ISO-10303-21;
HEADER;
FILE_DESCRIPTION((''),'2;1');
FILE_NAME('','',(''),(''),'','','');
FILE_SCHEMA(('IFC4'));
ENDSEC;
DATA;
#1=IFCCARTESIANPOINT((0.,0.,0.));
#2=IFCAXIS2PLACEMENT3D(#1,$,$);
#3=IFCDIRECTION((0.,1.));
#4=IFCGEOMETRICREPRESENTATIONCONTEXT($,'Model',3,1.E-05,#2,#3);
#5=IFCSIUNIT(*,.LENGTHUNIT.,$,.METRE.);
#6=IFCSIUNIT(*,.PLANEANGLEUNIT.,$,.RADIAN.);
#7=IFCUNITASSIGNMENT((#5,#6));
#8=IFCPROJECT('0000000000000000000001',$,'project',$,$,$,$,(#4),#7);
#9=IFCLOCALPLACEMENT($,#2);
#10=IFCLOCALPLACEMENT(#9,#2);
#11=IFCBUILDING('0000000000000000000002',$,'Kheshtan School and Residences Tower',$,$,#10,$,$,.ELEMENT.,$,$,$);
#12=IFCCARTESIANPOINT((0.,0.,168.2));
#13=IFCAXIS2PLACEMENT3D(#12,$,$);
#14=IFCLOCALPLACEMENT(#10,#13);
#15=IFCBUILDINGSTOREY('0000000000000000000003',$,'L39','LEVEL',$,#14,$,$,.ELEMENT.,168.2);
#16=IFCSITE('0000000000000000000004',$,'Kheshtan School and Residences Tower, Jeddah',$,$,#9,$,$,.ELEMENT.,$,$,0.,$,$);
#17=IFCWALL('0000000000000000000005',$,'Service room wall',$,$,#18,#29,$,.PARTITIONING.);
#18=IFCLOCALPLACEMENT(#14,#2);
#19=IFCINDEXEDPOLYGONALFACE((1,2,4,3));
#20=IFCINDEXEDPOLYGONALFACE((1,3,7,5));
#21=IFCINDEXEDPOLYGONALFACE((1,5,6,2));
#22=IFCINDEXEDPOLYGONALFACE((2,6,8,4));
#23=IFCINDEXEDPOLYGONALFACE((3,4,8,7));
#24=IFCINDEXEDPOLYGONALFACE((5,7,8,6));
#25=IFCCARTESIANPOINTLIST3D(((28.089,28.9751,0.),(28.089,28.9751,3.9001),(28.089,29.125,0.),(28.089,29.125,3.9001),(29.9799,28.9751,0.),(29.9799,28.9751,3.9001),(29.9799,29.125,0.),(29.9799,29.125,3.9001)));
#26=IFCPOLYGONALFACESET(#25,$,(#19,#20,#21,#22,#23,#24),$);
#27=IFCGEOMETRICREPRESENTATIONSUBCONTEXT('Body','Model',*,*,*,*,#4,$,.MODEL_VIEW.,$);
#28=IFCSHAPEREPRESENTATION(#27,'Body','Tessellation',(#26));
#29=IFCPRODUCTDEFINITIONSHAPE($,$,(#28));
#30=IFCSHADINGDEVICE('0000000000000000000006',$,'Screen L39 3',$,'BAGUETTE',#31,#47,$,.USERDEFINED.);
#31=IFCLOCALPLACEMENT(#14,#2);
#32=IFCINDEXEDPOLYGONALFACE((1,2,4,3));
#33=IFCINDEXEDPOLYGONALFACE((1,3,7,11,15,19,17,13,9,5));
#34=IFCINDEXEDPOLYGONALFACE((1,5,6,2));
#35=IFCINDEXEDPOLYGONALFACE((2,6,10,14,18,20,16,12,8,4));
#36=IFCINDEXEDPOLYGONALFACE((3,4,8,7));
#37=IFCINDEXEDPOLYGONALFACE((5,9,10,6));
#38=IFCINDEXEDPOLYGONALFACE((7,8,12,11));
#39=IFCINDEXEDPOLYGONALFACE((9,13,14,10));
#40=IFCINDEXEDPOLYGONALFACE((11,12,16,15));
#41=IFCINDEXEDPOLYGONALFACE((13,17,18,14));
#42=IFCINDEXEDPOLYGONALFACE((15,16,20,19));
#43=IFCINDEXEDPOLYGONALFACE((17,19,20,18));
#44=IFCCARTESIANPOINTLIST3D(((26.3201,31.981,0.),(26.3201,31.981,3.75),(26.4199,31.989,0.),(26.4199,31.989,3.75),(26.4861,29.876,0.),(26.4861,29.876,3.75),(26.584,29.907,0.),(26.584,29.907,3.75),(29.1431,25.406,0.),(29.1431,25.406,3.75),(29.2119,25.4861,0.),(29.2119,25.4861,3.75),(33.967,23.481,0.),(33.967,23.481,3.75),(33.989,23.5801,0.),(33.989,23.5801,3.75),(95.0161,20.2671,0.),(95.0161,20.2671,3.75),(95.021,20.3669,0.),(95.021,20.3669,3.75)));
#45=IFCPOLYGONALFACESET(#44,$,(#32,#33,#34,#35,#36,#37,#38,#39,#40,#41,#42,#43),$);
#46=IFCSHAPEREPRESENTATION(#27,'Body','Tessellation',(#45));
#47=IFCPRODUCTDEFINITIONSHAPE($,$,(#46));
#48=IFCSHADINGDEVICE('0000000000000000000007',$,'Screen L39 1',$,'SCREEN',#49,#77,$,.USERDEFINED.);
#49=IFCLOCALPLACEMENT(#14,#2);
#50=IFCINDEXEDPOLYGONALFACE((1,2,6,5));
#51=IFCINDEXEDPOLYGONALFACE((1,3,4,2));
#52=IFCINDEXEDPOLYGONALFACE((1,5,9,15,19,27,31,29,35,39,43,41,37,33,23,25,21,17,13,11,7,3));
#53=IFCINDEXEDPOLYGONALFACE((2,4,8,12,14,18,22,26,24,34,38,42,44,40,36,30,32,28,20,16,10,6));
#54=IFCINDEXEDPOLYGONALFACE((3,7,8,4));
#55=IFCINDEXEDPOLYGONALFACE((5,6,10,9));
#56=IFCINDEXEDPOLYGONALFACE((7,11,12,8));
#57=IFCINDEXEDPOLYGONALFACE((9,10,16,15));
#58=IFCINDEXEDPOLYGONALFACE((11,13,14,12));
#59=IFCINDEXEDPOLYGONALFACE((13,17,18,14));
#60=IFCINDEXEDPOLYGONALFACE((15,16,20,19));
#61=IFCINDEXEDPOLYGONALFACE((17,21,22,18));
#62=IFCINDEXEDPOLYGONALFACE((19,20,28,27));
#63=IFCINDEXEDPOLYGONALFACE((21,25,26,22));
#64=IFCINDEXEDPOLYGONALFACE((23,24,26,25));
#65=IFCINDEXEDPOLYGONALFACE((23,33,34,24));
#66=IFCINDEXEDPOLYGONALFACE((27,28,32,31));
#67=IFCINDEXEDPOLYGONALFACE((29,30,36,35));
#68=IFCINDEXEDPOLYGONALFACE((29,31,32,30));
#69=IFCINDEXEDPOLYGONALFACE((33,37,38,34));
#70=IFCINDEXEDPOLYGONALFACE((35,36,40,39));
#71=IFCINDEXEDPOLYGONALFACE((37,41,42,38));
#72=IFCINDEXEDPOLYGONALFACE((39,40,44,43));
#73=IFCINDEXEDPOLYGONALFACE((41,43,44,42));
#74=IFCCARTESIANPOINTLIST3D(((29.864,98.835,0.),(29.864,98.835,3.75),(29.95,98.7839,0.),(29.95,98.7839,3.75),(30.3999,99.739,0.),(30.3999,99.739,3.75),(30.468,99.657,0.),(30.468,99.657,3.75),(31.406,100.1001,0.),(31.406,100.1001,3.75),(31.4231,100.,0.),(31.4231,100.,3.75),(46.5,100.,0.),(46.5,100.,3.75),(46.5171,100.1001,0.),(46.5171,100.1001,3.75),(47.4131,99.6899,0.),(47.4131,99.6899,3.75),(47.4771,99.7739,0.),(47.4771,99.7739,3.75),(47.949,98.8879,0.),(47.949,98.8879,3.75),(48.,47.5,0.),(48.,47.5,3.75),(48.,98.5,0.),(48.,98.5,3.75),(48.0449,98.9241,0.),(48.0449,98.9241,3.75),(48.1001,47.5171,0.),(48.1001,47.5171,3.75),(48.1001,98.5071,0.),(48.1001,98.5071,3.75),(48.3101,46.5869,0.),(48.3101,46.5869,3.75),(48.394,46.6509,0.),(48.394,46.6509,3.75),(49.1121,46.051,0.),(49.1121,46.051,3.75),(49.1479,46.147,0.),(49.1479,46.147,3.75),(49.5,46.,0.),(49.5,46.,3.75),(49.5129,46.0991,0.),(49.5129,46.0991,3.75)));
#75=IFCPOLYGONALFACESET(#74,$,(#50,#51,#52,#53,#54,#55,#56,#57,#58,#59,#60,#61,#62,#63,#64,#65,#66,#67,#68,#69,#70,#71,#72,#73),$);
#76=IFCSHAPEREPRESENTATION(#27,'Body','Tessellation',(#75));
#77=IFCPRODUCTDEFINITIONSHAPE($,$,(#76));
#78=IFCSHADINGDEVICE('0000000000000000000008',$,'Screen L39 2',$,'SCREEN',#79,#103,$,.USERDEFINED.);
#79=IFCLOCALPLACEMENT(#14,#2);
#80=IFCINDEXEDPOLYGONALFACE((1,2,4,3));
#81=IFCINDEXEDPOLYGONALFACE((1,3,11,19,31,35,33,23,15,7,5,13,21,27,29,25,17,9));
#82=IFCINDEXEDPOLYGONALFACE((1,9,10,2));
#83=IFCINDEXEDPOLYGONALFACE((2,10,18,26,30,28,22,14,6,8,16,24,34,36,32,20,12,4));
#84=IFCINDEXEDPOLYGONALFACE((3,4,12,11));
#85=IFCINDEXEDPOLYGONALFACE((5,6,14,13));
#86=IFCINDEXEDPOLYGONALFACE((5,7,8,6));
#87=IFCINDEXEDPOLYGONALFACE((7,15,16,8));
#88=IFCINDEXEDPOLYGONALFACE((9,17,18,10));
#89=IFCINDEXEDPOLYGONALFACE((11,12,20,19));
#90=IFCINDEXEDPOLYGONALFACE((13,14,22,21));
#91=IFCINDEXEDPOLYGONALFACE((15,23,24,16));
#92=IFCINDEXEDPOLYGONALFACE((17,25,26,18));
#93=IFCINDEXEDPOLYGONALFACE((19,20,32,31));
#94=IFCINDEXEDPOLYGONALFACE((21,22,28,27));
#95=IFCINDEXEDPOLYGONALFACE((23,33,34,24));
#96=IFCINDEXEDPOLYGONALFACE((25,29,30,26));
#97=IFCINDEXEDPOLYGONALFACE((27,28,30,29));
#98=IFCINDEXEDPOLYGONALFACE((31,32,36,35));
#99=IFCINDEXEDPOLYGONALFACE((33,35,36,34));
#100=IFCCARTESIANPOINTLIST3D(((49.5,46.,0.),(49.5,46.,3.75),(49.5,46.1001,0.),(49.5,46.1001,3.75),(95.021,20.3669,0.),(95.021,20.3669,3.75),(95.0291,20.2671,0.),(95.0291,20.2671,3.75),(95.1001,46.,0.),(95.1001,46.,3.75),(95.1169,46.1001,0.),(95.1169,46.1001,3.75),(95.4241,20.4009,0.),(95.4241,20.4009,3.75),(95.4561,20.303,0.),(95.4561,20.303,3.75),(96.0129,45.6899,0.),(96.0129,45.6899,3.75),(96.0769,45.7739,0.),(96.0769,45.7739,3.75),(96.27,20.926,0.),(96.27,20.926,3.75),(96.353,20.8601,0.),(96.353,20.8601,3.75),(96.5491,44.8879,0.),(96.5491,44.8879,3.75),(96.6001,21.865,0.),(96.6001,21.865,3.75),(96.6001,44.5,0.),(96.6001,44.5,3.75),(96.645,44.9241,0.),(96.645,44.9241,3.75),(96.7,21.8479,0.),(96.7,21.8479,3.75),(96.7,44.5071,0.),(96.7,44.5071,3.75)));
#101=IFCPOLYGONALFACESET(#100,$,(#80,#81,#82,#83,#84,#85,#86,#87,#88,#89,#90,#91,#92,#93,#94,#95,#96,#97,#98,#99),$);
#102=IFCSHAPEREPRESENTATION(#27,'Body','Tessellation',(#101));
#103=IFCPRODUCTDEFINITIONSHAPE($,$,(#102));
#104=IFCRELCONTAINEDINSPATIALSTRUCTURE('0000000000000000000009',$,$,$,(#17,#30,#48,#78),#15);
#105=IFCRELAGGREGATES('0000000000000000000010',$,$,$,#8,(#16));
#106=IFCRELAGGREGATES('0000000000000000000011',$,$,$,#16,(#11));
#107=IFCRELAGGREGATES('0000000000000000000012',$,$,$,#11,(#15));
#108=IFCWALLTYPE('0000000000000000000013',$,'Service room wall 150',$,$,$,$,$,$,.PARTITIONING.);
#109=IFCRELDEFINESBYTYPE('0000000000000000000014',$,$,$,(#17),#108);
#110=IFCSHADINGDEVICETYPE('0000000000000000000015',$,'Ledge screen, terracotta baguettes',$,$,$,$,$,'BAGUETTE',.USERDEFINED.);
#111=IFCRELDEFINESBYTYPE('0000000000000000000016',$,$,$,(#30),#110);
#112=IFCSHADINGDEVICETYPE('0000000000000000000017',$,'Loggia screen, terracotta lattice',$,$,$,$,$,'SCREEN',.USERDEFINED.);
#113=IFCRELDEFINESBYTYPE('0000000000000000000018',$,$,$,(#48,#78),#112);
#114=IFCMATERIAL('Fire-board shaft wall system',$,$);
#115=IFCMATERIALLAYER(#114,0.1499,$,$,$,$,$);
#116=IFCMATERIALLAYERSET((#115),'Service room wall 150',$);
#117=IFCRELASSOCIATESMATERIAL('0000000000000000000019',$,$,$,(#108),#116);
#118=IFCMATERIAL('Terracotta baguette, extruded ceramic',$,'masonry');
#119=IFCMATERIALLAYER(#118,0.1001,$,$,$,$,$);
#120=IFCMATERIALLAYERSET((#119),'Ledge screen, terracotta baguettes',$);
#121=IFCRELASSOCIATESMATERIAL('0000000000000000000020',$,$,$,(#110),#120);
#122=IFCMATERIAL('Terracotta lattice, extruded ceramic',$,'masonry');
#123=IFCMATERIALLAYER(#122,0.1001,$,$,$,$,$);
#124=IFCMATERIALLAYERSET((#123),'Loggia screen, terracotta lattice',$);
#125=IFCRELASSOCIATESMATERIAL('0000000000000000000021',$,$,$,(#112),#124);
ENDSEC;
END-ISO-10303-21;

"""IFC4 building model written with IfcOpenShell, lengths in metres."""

from ifc_helpers import new_model, si_unit, direction, frame, frame_2d, origin, place, context, subcontext, project, spatial, polyline, rectangle, outline, extrude, material, layer, layer_set, type_object, element, save


model = new_model("IFC4")

# Units and contexts
model_context = context("Model", 3, precision=1e-05, world=origin(), true_north=direction((0.0, 1.0)))
body_context = subcontext(model_context, "Body", "Model", "MODEL_VIEW")
ifc_project = project(units=[si_unit("LENGTHUNIT", "METRE"), si_unit("PLANEANGLEUNIT", "RADIAN")], contexts=[model_context])

# Site, building, storey
site_placement = place(None, origin())
site = spatial("IfcSite", under=ifc_project, at=site_placement, Name="Kheshtan School and Residences Tower, Jeddah", CompositionType="ELEMENT", RefElevation=0.0)
building_placement = place(site_placement, origin())
building = spatial("IfcBuilding", under=site, at=building_placement, Name="Kheshtan School and Residences Tower", CompositionType="ELEMENT")
storey_placement = place(building_placement, frame((0.0, 0.0, 168.2)))
storey = spatial("IfcBuildingStorey", under=building, at=storey_placement, Name="L39", Description="LEVEL", CompositionType="ELEMENT", Elevation=168.2)

# Wall
ifc_material_1 = material(Name="Fire-board shaft wall system")
ifc_layer_1 = layer(ifc_material_1, 0.1499)
ifc_layer_set_1 = layer_set([ifc_layer_1], Name="Service room wall 150")
wall_type_1 = type_object("IfcWallType", Name="Service room wall 150", PredefinedType="PARTITIONING", material=ifc_layer_set_1)
wall_1_placement = place(storey_placement, frame((28.0891, 29.05, 0.0), z_axis=(0.0, 0.0, 1.0), x_axis=(1.0, 0.0, 0.0)))
element("IfcWall", 1, at=wall_1_placement, inside=storey, type_object=wall_type_1, Name="Service room wall", PredefinedType="PARTITIONING", context=body_context, shape_type="SweptSolid", body=[
    extrude(rectangle(XDim=1.8909, YDim=0.1499, at=frame_2d((0.9453, 0.0))), origin(), (0.0, 0.0, 1.0), 3.9001),
])

# Shading devices
ifc_material_2 = material(Name="Terracotta baguette, extruded ceramic", Category="masonry")
ifc_layer_2 = layer(ifc_material_2, 0.1001)
ifc_layer_set_2 = layer_set([ifc_layer_2], Name="Ledge screen, terracotta baguettes")
shading_device_type_1 = type_object("IfcShadingDeviceType", Name="Ledge screen, terracotta baguettes", ElementType="BAGUETTE", PredefinedType="USERDEFINED", material=ifc_layer_set_2)
shading_device_1_placement = place(storey_placement, origin())
element("IfcShadingDevice", 2, at=shading_device_1_placement, inside=storey, type_object=shading_device_type_1, Name="Screen L39 3", ObjectType="BAGUETTE", PredefinedType="USERDEFINED", context=body_context, shape_type="SweptSolid", body=[
    extrude(outline(polyline([(95.021, 20.3669), (33.989, 23.5801), (29.2119, 25.4861), (26.584, 29.907), (26.4199, 31.989), (26.3201, 31.981), (26.4861, 29.876), (29.1431, 25.406), (33.967, 23.481), (95.0161, 20.2671), (95.021, 20.3669)])), origin(), (0.0, 0.0, 1.0), 3.75),
])
ifc_material_3 = material(Name="Terracotta lattice, extruded ceramic", Category="masonry")
ifc_layer_3 = layer(ifc_material_3, 0.1001)
ifc_layer_set_3 = layer_set([ifc_layer_3], Name="Loggia screen, terracotta lattice")
shading_device_type_2 = type_object("IfcShadingDeviceType", Name="Loggia screen, terracotta lattice", ElementType="SCREEN", PredefinedType="USERDEFINED", material=ifc_layer_set_3)
shading_device_2_placement = place(storey_placement, origin())
element("IfcShadingDevice", 3, at=shading_device_2_placement, inside=storey, type_object=shading_device_type_2, Name="Screen L39 1", ObjectType="SCREEN", PredefinedType="USERDEFINED", context=body_context, shape_type="SweptSolid", body=[
    extrude(outline(polyline([(29.95, 98.7839), (30.468, 99.657), (31.4231, 100.0), (46.5, 100.0), (47.4131, 99.6899), (47.949, 98.8879), (48.0, 98.5), (48.0, 47.5), (48.3101, 46.5869), (49.1121, 46.051), (49.5, 46.0), (49.5129, 46.0991), (49.1479, 46.147), (48.394, 46.6509), (48.1001, 47.5171), (48.1001, 98.5071), (48.0449, 98.9241), (47.4771, 99.7739), (46.5171, 100.1001), (31.406, 100.1001), (30.3999, 99.739), (29.864, 98.835), (29.95, 98.7839)])), origin(), (0.0, 0.0, 1.0), 3.75),
])
shading_device_3_placement = place(storey_placement, origin())
element("IfcShadingDevice", 4, at=shading_device_3_placement, inside=storey, type_object=shading_device_type_2, Name="Screen L39 2", ObjectType="SCREEN", PredefinedType="USERDEFINED", context=body_context, shape_type="SweptSolid", body=[
    extrude(outline(polyline([(49.5, 46.0), (95.1001, 46.0), (96.0129, 45.6899), (96.5491, 44.8879), (96.6001, 44.5), (96.6001, 21.865), (96.27, 20.926), (95.4241, 20.4009), (95.021, 20.3669), (95.0291, 20.2671), (95.4561, 20.303), (96.353, 20.8601), (96.7, 21.8479), (96.7, 44.5071), (96.645, 44.9241), (96.0769, 45.7739), (95.1169, 46.1001), (49.5, 46.1001), (49.5, 46.0)])), origin(), (0.0, 0.0, 1.0), 3.75),
])

save(model, "model.ifc")
